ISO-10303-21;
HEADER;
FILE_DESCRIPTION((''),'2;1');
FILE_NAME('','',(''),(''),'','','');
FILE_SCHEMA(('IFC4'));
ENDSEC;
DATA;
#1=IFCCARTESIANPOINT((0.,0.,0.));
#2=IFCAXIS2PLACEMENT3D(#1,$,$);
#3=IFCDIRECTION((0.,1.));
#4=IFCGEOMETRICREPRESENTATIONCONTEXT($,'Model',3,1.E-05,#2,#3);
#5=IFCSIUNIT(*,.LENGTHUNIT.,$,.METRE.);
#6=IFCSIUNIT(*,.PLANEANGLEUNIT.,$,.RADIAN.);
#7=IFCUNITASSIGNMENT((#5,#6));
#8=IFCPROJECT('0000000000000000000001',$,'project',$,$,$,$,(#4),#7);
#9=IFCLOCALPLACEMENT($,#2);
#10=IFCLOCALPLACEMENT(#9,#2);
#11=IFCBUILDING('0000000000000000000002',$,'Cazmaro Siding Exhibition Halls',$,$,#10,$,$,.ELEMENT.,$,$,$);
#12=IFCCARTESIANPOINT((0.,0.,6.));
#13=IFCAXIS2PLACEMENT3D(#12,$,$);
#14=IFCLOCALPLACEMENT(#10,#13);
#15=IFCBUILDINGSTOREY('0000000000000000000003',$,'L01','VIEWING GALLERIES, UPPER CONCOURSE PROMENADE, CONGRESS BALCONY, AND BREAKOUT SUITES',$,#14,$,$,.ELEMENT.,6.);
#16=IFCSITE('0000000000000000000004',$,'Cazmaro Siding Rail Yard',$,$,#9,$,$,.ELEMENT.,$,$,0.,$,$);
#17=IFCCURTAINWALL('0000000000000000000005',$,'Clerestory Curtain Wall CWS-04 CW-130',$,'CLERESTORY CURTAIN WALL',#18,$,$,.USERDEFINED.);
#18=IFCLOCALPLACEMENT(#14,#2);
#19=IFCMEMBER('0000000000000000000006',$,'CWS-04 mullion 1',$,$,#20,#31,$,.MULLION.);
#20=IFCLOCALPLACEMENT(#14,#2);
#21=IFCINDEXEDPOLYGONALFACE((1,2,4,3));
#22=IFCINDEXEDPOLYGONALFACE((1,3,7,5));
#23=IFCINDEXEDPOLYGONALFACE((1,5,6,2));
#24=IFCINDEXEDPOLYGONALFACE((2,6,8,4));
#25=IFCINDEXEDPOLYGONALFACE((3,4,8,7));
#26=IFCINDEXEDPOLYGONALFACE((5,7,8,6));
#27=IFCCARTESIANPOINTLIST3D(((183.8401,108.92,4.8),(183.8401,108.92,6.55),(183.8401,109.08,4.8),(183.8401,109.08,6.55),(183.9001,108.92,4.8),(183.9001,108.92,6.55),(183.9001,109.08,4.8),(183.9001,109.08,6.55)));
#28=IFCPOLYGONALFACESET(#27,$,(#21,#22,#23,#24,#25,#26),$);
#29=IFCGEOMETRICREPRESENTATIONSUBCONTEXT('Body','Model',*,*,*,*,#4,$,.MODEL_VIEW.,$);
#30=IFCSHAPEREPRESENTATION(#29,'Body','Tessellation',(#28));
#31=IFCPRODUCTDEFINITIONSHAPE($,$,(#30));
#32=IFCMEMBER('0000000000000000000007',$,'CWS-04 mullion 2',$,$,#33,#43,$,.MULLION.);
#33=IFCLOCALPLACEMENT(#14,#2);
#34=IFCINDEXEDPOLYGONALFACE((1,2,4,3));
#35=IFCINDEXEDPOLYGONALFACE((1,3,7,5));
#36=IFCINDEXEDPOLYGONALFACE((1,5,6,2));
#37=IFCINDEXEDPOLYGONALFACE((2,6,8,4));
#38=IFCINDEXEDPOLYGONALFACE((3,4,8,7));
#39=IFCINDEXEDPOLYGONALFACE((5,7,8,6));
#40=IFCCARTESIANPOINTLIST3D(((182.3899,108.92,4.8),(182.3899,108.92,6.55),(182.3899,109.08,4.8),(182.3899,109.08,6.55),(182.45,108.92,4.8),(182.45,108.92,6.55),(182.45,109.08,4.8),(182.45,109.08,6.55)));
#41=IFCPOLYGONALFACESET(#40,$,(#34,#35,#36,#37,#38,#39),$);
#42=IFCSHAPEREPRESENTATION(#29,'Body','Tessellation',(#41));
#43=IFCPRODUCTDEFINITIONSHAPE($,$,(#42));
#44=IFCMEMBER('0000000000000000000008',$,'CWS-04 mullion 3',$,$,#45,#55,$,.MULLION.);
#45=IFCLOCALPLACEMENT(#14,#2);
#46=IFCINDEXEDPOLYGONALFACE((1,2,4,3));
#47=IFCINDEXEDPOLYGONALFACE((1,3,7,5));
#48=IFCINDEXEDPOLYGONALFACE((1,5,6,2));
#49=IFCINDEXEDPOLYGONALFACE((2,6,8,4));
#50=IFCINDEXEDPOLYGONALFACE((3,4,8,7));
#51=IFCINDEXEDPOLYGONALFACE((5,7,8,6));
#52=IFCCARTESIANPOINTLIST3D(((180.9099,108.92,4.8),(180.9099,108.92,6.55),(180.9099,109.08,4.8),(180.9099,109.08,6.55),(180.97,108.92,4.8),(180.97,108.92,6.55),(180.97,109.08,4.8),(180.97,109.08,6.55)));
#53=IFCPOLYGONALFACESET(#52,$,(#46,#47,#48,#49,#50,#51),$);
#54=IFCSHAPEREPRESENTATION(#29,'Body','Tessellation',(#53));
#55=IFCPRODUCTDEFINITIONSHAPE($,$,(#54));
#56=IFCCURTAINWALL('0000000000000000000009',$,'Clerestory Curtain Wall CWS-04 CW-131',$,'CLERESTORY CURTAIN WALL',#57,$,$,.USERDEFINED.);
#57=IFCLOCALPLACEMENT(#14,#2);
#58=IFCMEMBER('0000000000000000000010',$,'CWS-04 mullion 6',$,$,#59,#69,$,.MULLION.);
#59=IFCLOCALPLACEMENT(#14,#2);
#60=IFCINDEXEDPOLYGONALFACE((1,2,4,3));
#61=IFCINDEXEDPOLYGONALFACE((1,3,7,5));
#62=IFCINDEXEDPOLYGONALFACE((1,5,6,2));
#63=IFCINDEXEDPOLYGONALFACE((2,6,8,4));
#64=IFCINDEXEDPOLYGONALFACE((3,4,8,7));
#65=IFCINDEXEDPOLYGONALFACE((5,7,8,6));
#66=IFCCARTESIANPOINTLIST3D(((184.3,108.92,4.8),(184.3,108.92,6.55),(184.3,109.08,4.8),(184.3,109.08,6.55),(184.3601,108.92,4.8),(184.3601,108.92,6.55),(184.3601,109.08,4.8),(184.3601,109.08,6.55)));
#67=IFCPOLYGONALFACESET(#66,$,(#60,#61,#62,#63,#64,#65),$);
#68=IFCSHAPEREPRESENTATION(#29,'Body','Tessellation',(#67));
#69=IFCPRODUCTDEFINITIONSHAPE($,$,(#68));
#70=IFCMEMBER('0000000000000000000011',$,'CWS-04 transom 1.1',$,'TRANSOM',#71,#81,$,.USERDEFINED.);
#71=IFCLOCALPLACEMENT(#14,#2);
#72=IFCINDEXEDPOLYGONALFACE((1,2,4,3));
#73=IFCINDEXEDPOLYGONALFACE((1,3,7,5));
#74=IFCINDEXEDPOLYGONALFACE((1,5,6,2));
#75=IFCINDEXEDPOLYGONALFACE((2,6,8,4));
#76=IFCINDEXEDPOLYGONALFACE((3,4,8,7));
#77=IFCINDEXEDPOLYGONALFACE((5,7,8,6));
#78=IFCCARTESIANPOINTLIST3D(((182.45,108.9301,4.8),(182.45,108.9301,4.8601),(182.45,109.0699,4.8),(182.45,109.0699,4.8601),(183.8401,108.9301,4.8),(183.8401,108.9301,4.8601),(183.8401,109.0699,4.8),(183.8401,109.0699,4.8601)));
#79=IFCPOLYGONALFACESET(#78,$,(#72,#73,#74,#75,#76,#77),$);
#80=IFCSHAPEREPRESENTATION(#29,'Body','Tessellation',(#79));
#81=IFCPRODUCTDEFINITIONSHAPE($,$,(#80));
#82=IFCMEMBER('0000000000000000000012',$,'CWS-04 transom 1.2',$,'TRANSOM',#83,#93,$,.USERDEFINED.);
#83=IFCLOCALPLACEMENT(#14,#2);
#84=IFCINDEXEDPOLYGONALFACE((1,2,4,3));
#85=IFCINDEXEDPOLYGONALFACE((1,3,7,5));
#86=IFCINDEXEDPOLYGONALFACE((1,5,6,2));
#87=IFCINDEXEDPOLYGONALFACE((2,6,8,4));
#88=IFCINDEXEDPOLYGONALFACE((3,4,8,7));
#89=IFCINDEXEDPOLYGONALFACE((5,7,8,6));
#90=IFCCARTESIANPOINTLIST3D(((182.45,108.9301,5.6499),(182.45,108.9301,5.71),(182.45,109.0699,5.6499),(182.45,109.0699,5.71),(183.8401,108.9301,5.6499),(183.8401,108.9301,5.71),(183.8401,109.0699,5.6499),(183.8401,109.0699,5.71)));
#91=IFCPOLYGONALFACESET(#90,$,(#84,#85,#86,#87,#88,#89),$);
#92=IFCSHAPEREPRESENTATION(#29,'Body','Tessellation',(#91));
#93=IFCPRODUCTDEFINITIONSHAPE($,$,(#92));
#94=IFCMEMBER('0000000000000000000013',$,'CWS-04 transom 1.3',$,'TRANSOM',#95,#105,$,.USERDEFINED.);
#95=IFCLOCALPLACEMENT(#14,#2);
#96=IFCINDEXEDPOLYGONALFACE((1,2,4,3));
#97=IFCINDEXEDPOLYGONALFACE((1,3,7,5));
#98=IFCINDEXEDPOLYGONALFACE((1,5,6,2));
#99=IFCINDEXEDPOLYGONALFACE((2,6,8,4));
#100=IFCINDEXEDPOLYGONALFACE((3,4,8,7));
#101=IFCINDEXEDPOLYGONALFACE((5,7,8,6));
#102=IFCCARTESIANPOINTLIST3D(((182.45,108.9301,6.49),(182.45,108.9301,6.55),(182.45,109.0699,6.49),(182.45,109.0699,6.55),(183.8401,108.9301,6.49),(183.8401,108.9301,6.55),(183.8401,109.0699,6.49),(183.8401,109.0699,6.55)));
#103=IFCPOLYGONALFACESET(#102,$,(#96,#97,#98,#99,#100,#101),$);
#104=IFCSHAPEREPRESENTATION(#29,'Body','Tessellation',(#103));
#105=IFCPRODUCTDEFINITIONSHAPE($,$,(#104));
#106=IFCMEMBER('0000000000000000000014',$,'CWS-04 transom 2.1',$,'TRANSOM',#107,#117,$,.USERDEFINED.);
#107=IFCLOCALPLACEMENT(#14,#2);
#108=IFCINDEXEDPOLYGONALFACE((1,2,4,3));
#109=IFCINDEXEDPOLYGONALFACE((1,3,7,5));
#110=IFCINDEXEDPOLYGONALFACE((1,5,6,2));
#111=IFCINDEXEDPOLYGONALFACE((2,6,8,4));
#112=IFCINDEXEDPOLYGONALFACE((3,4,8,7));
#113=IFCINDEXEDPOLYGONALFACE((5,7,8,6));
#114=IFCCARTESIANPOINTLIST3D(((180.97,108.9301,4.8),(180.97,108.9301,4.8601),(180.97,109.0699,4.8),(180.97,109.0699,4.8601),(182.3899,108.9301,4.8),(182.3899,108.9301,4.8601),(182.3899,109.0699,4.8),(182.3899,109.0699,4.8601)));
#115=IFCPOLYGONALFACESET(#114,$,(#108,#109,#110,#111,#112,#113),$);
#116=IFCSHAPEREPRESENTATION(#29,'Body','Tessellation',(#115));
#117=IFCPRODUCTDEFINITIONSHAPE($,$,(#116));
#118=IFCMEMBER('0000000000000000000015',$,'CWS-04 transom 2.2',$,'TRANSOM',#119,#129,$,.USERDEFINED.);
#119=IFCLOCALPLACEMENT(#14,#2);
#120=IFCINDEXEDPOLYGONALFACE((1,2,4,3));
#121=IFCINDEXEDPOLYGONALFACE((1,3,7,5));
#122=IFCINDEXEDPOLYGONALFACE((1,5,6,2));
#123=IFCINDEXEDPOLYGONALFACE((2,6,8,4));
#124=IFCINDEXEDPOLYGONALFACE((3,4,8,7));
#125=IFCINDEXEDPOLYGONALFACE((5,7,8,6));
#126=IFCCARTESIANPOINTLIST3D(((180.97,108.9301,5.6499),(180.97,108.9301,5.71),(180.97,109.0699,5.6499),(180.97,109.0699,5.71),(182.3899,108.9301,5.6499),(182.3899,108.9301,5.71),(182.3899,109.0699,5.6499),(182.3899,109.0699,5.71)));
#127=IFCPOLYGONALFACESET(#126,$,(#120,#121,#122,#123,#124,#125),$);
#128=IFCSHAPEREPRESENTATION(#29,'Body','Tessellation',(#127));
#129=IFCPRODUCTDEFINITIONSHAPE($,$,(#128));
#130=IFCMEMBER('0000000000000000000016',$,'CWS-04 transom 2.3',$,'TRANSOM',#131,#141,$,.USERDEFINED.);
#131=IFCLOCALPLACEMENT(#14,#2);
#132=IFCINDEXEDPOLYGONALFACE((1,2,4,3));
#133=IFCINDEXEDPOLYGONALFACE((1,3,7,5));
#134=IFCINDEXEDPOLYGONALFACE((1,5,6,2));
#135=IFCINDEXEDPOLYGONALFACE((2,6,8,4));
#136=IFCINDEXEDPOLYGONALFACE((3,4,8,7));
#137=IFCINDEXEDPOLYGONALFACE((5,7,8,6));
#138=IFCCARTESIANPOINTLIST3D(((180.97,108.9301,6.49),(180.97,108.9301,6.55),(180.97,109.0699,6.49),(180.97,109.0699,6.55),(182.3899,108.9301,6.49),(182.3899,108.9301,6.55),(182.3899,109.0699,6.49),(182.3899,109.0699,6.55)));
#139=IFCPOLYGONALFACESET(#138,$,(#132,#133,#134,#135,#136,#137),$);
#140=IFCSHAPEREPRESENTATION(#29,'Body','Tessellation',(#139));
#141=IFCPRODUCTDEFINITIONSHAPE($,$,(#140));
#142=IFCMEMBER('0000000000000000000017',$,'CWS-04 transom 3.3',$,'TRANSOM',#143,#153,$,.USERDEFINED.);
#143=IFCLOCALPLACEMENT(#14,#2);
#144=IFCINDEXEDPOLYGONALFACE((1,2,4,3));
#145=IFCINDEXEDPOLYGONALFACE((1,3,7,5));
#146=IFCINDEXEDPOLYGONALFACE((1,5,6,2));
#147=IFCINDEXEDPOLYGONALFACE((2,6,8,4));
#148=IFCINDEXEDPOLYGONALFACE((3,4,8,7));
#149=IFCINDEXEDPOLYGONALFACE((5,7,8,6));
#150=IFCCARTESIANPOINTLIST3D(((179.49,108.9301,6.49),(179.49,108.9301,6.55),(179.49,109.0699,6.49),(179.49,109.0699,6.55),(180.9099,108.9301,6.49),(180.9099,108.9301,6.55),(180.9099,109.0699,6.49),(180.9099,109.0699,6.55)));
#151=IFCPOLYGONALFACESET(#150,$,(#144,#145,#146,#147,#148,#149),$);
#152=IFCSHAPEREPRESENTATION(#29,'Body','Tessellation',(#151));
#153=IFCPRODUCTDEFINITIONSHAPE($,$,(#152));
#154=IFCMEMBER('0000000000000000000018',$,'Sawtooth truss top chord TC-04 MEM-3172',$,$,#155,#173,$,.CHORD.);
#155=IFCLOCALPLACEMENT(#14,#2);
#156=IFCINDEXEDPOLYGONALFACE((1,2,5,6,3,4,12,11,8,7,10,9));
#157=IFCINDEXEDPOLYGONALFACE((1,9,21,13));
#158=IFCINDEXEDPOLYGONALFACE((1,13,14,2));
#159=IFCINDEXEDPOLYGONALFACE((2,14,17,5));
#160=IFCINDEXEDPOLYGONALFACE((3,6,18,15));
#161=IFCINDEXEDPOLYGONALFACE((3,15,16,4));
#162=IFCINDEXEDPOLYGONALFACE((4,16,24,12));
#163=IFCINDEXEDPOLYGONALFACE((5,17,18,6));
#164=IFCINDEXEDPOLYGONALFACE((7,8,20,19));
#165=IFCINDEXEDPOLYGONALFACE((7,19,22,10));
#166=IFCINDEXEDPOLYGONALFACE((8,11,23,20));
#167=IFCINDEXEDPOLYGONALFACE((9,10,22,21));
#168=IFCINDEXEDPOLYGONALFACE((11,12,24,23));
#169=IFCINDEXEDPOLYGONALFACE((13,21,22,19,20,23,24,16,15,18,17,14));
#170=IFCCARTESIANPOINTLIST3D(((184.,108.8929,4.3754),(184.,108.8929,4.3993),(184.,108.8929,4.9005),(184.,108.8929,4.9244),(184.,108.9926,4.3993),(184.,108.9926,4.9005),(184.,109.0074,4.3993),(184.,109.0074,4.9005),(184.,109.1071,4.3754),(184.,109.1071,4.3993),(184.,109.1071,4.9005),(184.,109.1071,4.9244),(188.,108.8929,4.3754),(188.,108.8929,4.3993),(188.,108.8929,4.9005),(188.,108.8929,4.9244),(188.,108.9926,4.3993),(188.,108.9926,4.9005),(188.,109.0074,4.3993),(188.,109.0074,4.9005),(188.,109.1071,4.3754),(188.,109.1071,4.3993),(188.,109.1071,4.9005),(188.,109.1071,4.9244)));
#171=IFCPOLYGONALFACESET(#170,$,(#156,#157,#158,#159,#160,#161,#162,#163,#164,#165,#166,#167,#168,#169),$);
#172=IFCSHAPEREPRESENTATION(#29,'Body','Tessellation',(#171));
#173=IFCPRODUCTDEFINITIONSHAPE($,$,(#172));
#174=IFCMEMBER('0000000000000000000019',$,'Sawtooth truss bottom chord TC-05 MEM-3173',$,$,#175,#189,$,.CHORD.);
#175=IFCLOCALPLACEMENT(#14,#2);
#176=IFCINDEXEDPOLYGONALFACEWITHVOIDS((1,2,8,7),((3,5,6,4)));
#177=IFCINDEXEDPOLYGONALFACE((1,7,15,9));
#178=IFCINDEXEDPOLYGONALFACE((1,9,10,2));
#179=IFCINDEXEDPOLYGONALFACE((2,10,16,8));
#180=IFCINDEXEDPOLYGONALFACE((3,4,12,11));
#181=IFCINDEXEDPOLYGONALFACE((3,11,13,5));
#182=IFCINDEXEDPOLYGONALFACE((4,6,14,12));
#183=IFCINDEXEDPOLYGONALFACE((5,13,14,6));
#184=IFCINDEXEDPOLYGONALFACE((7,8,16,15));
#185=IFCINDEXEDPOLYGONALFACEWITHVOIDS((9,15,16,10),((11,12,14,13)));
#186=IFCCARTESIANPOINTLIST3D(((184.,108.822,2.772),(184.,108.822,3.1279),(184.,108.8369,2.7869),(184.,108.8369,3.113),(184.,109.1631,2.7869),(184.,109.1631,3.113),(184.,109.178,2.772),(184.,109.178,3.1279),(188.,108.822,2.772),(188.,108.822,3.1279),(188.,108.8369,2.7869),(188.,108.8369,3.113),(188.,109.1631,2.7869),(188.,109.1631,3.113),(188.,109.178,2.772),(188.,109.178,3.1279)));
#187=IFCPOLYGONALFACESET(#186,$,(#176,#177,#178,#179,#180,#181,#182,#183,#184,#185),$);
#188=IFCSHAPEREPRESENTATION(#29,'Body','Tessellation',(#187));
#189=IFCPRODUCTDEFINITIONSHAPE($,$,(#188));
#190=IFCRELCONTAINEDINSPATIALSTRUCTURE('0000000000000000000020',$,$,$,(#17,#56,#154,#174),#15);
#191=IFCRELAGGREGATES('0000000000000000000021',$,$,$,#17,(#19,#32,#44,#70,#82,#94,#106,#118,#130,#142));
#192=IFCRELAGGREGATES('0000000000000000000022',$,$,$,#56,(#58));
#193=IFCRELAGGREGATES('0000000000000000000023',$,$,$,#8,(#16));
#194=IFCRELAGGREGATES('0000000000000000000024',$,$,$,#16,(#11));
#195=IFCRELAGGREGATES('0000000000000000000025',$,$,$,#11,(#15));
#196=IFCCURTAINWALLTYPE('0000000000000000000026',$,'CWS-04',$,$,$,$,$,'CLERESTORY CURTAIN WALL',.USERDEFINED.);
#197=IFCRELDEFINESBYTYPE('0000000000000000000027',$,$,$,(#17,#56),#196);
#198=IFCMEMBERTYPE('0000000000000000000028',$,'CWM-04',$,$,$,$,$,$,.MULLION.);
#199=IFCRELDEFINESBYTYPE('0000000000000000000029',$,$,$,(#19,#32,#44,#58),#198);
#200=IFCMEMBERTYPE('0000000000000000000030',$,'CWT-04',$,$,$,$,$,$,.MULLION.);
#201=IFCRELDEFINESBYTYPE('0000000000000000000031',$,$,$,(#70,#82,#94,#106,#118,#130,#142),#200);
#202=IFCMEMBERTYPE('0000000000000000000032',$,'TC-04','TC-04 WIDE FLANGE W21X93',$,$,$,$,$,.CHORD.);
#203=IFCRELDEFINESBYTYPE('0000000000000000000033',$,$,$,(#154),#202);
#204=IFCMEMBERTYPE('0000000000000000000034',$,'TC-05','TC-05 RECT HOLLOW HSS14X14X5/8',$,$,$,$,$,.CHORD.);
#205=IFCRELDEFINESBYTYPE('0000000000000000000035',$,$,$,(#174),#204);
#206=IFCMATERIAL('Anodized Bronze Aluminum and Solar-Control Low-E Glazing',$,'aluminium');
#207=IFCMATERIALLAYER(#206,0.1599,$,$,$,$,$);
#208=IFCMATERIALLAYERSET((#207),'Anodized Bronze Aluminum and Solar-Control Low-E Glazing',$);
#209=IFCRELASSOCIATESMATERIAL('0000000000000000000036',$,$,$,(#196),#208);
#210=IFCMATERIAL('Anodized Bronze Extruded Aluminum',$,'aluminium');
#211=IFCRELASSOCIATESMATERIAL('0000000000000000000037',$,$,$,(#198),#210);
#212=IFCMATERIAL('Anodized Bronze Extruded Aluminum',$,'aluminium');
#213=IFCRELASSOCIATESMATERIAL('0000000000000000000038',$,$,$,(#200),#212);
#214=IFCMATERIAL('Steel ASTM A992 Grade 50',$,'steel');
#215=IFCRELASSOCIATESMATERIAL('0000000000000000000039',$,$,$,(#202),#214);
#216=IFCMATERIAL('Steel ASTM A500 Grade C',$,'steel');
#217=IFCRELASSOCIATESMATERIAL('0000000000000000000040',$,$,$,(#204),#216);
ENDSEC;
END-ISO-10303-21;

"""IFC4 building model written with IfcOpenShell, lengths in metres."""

from ifc_helpers import new_model, si_unit, direction, frame, origin, origin_2d, place, context, subcontext, project, spatial, rectangle, hollow_rectangle, i_section, extrude, material, layer, layer_set, material_profile, profile_set, type_object, element, aggregate, save


model = new_model("IFC4")

# Units and contexts
model_context = context("Model", 3, precision=1e-05, world=origin(), true_north=direction((0.0, 1.0)))
body_context = subcontext(model_context, "Body", "Model", "MODEL_VIEW")
ifc_project = project(units=[si_unit("LENGTHUNIT", "METRE"), si_unit("PLANEANGLEUNIT", "RADIAN")], contexts=[model_context])

# Site, building, storey
site_placement = place(None, origin())
site = spatial("IfcSite", under=ifc_project, at=site_placement, Name="Cazmaro Siding Rail Yard", CompositionType="ELEMENT", RefElevation=0.0)
building_placement = place(site_placement, origin())
building = spatial("IfcBuilding", under=site, at=building_placement, Name="Cazmaro Siding Exhibition Halls", CompositionType="ELEMENT")
storey_placement = place(building_placement, frame((0.0, 0.0, 6.0)))
storey = spatial("IfcBuildingStorey", under=building, at=storey_placement, Name="L01", Description="VIEWING GALLERIES, UPPER CONCOURSE PROMENADE, CONGRESS BALCONY, AND BREAKOUT SUITES", CompositionType="ELEMENT", Elevation=6.0)

# Curtain wall, members
ifc_material_1 = material(Name="Anodized Bronze Aluminum and Solar-Control Low-E Glazing", Category="aluminium")
ifc_layer_1 = layer(ifc_material_1, 0.1599)
ifc_layer_set_1 = layer_set([ifc_layer_1], Name="Anodized Bronze Aluminum and Solar-Control Low-E Glazing")
curtain_wall_type = type_object("IfcCurtainWallType", Name="CWS-04", ElementType="CLERESTORY CURTAIN WALL", PredefinedType="USERDEFINED", material=ifc_layer_set_1)
curtain_wall_1_placement = place(storey_placement, origin())
curtain_wall_1 = element("IfcCurtainWall", 1, at=curtain_wall_1_placement, inside=storey, type_object=curtain_wall_type, Name="Clerestory Curtain Wall CWS-04 CW-130", ObjectType="CLERESTORY CURTAIN WALL", PredefinedType="USERDEFINED")
ifc_material_2 = material(Name="Anodized Bronze Extruded Aluminum", Category="aluminium")
ifc_material_profile_1 = material_profile(ifc_material_2, rectangle(XDim=0.1599, YDim=0.0601, at=origin_2d()), Name="CWM-04")
ifc_profile_set_1 = profile_set([ifc_material_profile_1], Name="Anodized Bronze Extruded Aluminum")
member_type_1 = type_object("IfcMemberType", Name="CWM-04", PredefinedType="MULLION", material=ifc_profile_set_1)
member_1_placement = place(storey_placement, frame((183.8701, 109.0, 4.8), z_axis=(0.0, 0.0, 1.0), x_axis=(0.0, -1.0, 0.0)))
member_1 = element("IfcMember", 2, at=member_1_placement, type_object=member_type_1, Name="CWS-04 mullion 1", PredefinedType="MULLION", context=body_context, shape_type="SweptSolid", body=[
    extrude(rectangle(XDim=0.1599, YDim=0.0601, at=origin_2d()), origin(), (0.0, 0.0, 1.0), 1.75),
])
member_2_placement = place(storey_placement, frame((182.4199, 109.0, 4.8), z_axis=(0.0, 0.0, 1.0), x_axis=(0.0, -1.0, 0.0)))
member_2 = element("IfcMember", 3, at=member_2_placement, type_object=member_type_1, Name="CWS-04 mullion 2", PredefinedType="MULLION", context=body_context, shape_type="SweptSolid", body=[
    extrude(rectangle(XDim=0.1599, YDim=0.0601, at=origin_2d()), origin(), (0.0, 0.0, 1.0), 1.75),
])
member_3_placement = place(storey_placement, frame((180.9399, 109.0, 4.8), z_axis=(0.0, 0.0, 1.0), x_axis=(0.0, -1.0, 0.0)))
member_3 = element("IfcMember", 4, at=member_3_placement, type_object=member_type_1, Name="CWS-04 mullion 3", PredefinedType="MULLION", context=body_context, shape_type="SweptSolid", body=[
    extrude(rectangle(XDim=0.1599, YDim=0.0601, at=origin_2d()), origin(), (0.0, 0.0, 1.0), 1.75),
])

# Curtain wall, member
curtain_wall_2_placement = place(storey_placement, origin())
curtain_wall_2 = element("IfcCurtainWall", 5, at=curtain_wall_2_placement, inside=storey, type_object=curtain_wall_type, Name="Clerestory Curtain Wall CWS-04 CW-131", ObjectType="CLERESTORY CURTAIN WALL", PredefinedType="USERDEFINED")
member_4_placement = place(storey_placement, frame((184.3301, 109.0, 4.8), z_axis=(0.0, 0.0, 1.0), x_axis=(0.0, -1.0, 0.0)))
member_4 = element("IfcMember", 6, at=member_4_placement, type_object=member_type_1, Name="CWS-04 mullion 6", PredefinedType="MULLION", context=body_context, shape_type="SweptSolid", body=[
    extrude(rectangle(XDim=0.1599, YDim=0.0601, at=origin_2d()), origin(), (0.0, 0.0, 1.0), 1.75),
])

# Members
ifc_material_3 = material(Name="Anodized Bronze Extruded Aluminum", Category="aluminium")
ifc_material_profile_2 = material_profile(ifc_material_3, rectangle(XDim=0.1399, YDim=0.0601, at=origin_2d()), Name="CWT-04")
ifc_profile_set_2 = profile_set([ifc_material_profile_2], Name="Anodized Bronze Extruded Aluminum")
member_type_2 = type_object("IfcMemberType", Name="CWT-04", PredefinedType="MULLION", material=ifc_profile_set_2)
member_5_placement = place(storey_placement, frame((183.8401, 109.0, 4.8301), z_axis=(-1.0, 0.0, 0.0), x_axis=(0.0, -1.0, 0.0)))
member_5 = element("IfcMember", 7, at=member_5_placement, type_object=member_type_2, Name="CWS-04 transom 1.1", ObjectType="TRANSOM", PredefinedType="USERDEFINED", context=body_context, shape_type="SweptSolid", body=[
    extrude(rectangle(XDim=0.1399, YDim=0.0601, at=origin_2d()), origin(), (0.0, 0.0, 1.0), 1.3901),
])
member_6_placement = place(storey_placement, frame((183.8401, 109.0, 5.6799), z_axis=(-1.0, 0.0, 0.0), x_axis=(0.0, -1.0, 0.0)))
member_6 = element("IfcMember", 8, at=member_6_placement, type_object=member_type_2, Name="CWS-04 transom 1.2", ObjectType="TRANSOM", PredefinedType="USERDEFINED", context=body_context, shape_type="SweptSolid", body=[
    extrude(rectangle(XDim=0.1399, YDim=0.0601, at=origin_2d()), origin(), (0.0, 0.0, 1.0), 1.3901),
])
member_7_placement = place(storey_placement, frame((183.8401, 109.0, 6.52), z_axis=(-1.0, 0.0, 0.0), x_axis=(0.0, -1.0, 0.0)))
member_7 = element("IfcMember", 9, at=member_7_placement, type_object=member_type_2, Name="CWS-04 transom 1.3", ObjectType="TRANSOM", PredefinedType="USERDEFINED", context=body_context, shape_type="SweptSolid", body=[
    extrude(rectangle(XDim=0.1399, YDim=0.0601, at=origin_2d()), origin(), (0.0, 0.0, 1.0), 1.3901),
])
member_8_placement = place(storey_placement, frame((182.3899, 109.0, 4.8301), z_axis=(-1.0, 0.0, 0.0), x_axis=(0.0, -1.0, 0.0)))
member_8 = element("IfcMember", 10, at=member_8_placement, type_object=member_type_2, Name="CWS-04 transom 2.1", ObjectType="TRANSOM", PredefinedType="USERDEFINED", context=body_context, shape_type="SweptSolid", body=[
    extrude(rectangle(XDim=0.1399, YDim=0.0601, at=origin_2d()), origin(), (0.0, 0.0, 1.0), 1.4199),
])
member_9_placement = place(storey_placement, frame((182.3899, 109.0, 5.6799), z_axis=(-1.0, 0.0, 0.0), x_axis=(0.0, -1.0, 0.0)))
member_9 = element("IfcMember", 11, at=member_9_placement, type_object=member_type_2, Name="CWS-04 transom 2.2", ObjectType="TRANSOM", PredefinedType="USERDEFINED", context=body_context, shape_type="SweptSolid", body=[
    extrude(rectangle(XDim=0.1399, YDim=0.0601, at=origin_2d()), origin(), (0.0, 0.0, 1.0), 1.4199),
])
member_10_placement = place(storey_placement, frame((182.3899, 109.0, 6.52), z_axis=(-1.0, 0.0, 0.0), x_axis=(0.0, -1.0, 0.0)))
member_10 = element("IfcMember", 12, at=member_10_placement, type_object=member_type_2, Name="CWS-04 transom 2.3", ObjectType="TRANSOM", PredefinedType="USERDEFINED", context=body_context, shape_type="SweptSolid", body=[
    extrude(rectangle(XDim=0.1399, YDim=0.0601, at=origin_2d()), origin(), (0.0, 0.0, 1.0), 1.4199),
])
member_11_placement = place(storey_placement, frame((180.9099, 109.0, 6.52), z_axis=(-1.0, 0.0, 0.0), x_axis=(0.0, -1.0, 0.0)))
member_11 = element("IfcMember", 13, at=member_11_placement, type_object=member_type_2, Name="CWS-04 transom 3.3", ObjectType="TRANSOM", PredefinedType="USERDEFINED", context=body_context, shape_type="SweptSolid", body=[
    extrude(rectangle(XDim=0.1399, YDim=0.0601, at=origin_2d()), origin(), (0.0, 0.0, 1.0), 1.4199),
])

# Members
ifc_material_4 = material(Name="Steel ASTM A992 Grade 50", Category="steel")
ifc_material_profile_3 = material_profile(ifc_material_4, i_section(OverallWidth=0.2141, OverallDepth=0.5491, WebThickness=0.0149, FlangeThickness=0.0239, at=origin_2d()), Name="W21X93")
ifc_profile_set_3 = profile_set([ifc_material_profile_3], Name="Steel ASTM A992 Grade 50")
member_type_3 = type_object("IfcMemberType", Name="TC-04", Description="TC-04 WIDE FLANGE W21X93", PredefinedType="CHORD", material=ifc_profile_set_3)
member_12_placement = place(storey_placement, frame((184.0, 109.0, 4.6499), z_axis=(1.0, 0.0, 0.0), x_axis=(0.0, 1.0, 0.0)))
element("IfcMember", 14, at=member_12_placement, inside=storey, type_object=member_type_3, Name="Sawtooth truss top chord TC-04 MEM-3172", PredefinedType="CHORD", context=body_context, shape_type="SweptSolid", body=[
    extrude(i_section(OverallWidth=0.2141, OverallDepth=0.5491, WebThickness=0.0149, FlangeThickness=0.0239, at=origin_2d()), origin(), (0.0, 0.0, 1.0), 4.0),
])
ifc_material_5 = material(Name="Steel ASTM A500 Grade C", Category="steel")
ifc_material_profile_4 = material_profile(ifc_material_5, hollow_rectangle(XDim=0.356, YDim=0.356, WallThickness=0.0149, at=origin_2d()), Name="HSS14X14X5/8")
ifc_profile_set_4 = profile_set([ifc_material_profile_4], Name="Steel ASTM A500 Grade C")
member_type_4 = type_object("IfcMemberType", Name="TC-05", Description="TC-05 RECT HOLLOW HSS14X14X5/8", PredefinedType="CHORD", material=ifc_profile_set_4)
member_13_placement = place(storey_placement, frame((184.0, 109.0, 2.95), z_axis=(1.0, 0.0, 0.0), x_axis=(0.0, 1.0, 0.0)))
element("IfcMember", 15, at=member_13_placement, inside=storey, type_object=member_type_4, Name="Sawtooth truss bottom chord TC-05 MEM-3173", PredefinedType="CHORD", context=body_context, shape_type="SweptSolid", body=[
    extrude(hollow_rectangle(XDim=0.356, YDim=0.356, WallThickness=0.0149, at=origin_2d()), origin(), (0.0, 0.0, 1.0), 4.0),
])

aggregate(curtain_wall_1, [member_1, member_2, member_3, member_5, member_6, member_7, member_8, member_9, member_10, member_11])
aggregate(curtain_wall_2, [member_4])

save(model, "model.ifc")
